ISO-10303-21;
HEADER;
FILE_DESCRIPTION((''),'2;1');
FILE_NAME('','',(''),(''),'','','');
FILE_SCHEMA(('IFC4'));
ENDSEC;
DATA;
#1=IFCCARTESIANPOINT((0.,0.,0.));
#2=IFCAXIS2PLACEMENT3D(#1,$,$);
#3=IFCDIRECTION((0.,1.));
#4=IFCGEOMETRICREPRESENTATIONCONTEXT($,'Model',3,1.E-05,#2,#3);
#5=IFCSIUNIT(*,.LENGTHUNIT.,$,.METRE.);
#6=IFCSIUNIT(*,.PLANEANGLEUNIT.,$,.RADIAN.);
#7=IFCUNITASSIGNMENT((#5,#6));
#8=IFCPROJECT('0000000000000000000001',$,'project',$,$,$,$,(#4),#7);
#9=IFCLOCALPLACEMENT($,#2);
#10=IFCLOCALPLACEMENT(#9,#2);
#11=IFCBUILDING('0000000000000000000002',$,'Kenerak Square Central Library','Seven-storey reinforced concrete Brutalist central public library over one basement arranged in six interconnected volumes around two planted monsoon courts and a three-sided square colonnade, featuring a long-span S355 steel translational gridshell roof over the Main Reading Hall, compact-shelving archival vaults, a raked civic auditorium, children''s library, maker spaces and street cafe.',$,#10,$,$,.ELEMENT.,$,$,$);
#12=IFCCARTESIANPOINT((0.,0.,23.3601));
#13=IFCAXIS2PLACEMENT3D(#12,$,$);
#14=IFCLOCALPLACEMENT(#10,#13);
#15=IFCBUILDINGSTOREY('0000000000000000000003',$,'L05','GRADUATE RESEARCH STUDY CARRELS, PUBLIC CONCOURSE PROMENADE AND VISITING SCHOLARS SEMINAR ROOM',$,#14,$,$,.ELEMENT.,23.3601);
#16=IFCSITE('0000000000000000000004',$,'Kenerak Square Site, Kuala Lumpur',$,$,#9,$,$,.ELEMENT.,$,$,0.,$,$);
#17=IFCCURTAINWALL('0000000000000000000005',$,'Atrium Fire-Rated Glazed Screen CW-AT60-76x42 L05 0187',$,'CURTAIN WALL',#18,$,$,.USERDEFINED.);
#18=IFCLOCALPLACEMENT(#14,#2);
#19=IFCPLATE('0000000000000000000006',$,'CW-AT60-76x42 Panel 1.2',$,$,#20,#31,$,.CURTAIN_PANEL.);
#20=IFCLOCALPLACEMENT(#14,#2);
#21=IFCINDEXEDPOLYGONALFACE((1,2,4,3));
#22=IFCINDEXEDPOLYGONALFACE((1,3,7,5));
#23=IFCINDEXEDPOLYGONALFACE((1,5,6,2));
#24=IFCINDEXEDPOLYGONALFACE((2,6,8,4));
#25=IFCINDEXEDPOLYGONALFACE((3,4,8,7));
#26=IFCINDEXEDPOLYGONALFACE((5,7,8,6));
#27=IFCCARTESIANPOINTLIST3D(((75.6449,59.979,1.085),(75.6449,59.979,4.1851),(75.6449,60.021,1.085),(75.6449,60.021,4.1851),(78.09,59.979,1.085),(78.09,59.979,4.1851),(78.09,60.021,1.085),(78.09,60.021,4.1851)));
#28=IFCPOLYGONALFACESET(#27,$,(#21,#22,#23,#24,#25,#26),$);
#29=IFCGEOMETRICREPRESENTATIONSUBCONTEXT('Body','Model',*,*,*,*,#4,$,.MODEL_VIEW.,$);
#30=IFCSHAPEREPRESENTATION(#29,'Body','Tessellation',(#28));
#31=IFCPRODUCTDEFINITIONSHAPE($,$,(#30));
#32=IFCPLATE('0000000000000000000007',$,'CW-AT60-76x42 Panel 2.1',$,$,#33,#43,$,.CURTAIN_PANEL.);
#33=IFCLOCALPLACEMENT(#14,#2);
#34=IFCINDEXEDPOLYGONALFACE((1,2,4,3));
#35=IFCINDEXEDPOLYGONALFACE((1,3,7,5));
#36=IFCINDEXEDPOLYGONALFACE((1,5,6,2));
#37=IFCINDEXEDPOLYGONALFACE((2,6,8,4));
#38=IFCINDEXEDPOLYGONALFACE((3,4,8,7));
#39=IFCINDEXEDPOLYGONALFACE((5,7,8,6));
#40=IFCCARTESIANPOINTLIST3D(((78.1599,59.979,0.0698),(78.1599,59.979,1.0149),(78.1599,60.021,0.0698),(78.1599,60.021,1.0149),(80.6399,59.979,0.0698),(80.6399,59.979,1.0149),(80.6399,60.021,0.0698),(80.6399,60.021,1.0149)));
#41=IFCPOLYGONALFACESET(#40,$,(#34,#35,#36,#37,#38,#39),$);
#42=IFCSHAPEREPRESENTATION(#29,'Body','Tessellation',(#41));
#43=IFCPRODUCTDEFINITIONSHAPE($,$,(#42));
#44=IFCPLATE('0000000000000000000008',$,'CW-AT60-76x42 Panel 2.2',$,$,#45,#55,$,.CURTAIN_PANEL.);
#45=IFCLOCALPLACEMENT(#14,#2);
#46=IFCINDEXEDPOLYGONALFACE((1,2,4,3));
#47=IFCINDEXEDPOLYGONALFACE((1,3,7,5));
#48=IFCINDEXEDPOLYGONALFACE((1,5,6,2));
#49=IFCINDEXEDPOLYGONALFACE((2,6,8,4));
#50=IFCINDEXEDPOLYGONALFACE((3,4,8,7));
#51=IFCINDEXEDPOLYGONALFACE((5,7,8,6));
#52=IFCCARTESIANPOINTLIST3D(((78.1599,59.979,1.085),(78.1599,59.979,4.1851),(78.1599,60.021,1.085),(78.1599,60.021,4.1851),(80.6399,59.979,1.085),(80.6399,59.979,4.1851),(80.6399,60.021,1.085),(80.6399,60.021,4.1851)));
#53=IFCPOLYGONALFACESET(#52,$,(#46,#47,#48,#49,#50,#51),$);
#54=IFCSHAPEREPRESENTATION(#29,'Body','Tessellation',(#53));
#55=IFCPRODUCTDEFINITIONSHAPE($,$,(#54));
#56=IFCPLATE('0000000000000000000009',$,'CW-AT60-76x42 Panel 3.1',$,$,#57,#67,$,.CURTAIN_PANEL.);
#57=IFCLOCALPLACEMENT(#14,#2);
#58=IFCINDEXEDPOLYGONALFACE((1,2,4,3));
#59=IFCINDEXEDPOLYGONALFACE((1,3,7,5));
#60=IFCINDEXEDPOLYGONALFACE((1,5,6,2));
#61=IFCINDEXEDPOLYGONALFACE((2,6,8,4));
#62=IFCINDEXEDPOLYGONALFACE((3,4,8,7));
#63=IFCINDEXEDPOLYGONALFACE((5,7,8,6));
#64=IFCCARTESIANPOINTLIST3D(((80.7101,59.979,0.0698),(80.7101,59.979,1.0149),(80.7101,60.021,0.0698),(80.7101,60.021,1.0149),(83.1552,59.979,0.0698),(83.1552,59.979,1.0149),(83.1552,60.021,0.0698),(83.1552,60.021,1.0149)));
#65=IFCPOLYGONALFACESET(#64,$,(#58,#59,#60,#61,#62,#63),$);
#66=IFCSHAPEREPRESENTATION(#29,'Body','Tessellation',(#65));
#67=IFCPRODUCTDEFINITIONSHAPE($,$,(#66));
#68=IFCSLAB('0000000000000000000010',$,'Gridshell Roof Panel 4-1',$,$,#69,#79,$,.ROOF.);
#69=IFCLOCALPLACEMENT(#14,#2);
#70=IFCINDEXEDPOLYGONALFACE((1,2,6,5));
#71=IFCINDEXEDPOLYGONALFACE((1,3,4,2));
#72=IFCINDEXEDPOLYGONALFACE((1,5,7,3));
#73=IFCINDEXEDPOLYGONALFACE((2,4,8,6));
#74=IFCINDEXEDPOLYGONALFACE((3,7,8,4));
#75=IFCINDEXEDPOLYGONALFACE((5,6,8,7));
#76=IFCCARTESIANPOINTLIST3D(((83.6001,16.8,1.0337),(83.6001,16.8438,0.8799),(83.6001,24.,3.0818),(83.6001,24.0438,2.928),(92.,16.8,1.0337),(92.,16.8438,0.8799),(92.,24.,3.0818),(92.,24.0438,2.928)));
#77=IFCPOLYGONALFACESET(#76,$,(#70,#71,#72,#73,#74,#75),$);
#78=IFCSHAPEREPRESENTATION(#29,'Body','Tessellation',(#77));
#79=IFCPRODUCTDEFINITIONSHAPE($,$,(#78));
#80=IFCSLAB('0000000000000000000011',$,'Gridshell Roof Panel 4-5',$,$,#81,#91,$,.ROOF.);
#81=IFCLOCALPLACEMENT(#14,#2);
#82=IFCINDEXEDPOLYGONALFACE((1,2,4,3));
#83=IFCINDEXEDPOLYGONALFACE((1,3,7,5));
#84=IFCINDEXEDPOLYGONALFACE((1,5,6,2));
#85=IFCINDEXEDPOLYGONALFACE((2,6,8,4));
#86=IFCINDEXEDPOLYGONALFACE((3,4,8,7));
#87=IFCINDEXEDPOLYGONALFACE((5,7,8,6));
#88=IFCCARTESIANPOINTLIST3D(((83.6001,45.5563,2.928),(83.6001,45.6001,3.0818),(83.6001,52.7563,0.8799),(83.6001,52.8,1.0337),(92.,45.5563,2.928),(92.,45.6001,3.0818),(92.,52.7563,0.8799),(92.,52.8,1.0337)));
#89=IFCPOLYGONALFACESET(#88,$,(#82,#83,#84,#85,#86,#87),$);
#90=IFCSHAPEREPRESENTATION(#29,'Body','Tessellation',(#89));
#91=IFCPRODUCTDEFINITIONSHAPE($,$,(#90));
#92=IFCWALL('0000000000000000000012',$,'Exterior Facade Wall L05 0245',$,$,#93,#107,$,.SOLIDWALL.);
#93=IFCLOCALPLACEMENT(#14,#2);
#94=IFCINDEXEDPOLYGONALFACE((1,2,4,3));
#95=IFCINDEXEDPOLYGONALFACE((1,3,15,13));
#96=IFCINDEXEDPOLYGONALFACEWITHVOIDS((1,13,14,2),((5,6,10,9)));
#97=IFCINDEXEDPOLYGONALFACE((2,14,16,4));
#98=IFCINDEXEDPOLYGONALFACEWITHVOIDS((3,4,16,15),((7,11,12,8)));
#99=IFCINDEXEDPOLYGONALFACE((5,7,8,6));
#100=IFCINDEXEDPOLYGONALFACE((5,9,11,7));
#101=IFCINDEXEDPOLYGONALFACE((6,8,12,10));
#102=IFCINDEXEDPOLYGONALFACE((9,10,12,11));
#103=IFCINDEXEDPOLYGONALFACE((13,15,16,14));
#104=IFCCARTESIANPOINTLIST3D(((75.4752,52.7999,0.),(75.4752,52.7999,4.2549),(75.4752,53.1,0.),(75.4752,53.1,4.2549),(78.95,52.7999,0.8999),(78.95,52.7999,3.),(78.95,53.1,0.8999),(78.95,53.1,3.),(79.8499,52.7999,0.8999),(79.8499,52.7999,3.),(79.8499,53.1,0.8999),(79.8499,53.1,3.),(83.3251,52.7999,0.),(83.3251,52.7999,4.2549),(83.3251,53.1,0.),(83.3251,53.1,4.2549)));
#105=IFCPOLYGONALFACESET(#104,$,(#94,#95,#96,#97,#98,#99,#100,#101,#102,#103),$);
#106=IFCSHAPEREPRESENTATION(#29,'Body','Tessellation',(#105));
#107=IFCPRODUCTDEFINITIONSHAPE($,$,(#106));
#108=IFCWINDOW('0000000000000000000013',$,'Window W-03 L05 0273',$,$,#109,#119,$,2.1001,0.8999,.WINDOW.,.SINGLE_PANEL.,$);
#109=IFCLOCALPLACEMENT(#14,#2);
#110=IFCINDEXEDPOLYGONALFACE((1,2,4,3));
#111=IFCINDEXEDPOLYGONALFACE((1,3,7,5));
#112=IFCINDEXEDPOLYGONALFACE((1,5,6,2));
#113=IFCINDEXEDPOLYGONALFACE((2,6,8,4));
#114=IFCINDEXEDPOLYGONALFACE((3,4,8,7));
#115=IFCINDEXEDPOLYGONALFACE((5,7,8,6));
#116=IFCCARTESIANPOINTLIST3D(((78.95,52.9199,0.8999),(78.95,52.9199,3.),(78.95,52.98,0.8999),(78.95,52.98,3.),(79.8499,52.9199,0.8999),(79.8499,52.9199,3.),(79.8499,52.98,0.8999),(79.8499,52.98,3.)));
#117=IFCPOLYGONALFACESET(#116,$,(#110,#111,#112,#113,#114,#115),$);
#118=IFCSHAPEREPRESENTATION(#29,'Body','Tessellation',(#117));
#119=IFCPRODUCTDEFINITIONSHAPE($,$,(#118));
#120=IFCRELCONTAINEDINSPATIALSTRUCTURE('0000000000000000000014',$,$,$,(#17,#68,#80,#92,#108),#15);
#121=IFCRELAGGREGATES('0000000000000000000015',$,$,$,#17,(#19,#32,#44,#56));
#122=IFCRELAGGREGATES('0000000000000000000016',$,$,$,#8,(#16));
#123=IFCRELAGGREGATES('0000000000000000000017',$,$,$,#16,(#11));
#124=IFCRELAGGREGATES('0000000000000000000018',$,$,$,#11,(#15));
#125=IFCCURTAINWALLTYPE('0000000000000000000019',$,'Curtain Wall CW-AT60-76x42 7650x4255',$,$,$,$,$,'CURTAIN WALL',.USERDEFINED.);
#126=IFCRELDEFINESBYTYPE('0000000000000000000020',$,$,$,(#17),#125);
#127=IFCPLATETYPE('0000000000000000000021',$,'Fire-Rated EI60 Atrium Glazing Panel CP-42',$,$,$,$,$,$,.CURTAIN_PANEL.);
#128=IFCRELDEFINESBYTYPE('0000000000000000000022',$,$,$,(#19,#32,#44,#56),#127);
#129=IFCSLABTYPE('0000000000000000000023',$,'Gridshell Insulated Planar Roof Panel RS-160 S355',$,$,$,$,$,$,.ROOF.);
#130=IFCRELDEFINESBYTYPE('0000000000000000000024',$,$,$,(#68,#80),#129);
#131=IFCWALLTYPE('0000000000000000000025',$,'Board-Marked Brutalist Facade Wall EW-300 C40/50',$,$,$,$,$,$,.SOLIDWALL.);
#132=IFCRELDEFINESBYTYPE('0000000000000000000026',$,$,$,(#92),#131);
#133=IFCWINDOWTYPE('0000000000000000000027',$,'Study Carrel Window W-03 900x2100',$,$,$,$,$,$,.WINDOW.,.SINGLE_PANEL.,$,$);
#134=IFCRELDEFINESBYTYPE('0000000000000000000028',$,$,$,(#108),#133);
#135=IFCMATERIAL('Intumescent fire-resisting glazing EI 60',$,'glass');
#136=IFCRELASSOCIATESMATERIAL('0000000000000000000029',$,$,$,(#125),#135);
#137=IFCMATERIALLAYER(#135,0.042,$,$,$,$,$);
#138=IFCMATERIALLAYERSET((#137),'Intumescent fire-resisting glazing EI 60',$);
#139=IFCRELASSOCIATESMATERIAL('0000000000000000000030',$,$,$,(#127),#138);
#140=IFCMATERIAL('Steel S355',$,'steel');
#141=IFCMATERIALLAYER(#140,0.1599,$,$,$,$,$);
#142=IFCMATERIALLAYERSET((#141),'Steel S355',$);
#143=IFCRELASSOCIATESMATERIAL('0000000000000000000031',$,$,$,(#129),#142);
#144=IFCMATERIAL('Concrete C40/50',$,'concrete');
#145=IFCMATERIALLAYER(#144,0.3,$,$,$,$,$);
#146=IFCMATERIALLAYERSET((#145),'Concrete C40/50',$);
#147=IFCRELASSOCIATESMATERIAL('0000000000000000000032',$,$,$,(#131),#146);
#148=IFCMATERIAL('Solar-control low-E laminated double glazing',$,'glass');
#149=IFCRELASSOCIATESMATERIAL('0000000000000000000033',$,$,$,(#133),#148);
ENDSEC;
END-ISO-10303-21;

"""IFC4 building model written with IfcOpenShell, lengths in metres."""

from ifc_helpers import new_model, si_unit, direction, frame, frame_2d, origin, origin_2d, place, context, subcontext, project, spatial, polyline, rectangle, outline, extrude, material, layer, layer_set, type_object, element, fill, aggregate, save


model = new_model("IFC4")

# Units and contexts
model_context = context("Model", 3, precision=1e-05, world=origin(), true_north=direction((0.0, 1.0)))
body_context = subcontext(model_context, "Body", "Model", "MODEL_VIEW")
ifc_project = project(units=[si_unit("LENGTHUNIT", "METRE"), si_unit("PLANEANGLEUNIT", "RADIAN")], contexts=[model_context])

# Site, building, storey
site_placement = place(None, origin())
site = spatial("IfcSite", under=ifc_project, at=site_placement, Name="Kenerak Square Site, Kuala Lumpur", CompositionType="ELEMENT", RefElevation=0.0)
building_placement = place(site_placement, origin())
building = spatial("IfcBuilding", under=site, at=building_placement, Name="Kenerak Square Central Library", Description="Seven-storey reinforced concrete Brutalist central public library over one basement arranged in six interconnected volumes around two planted monsoon courts and a three-sided square colonnade, featuring a long-span S355 steel translational gridshell roof over the Main Reading Hall, compact-shelving archival vaults, a raked civic auditorium, children's library, maker spaces and street cafe.", CompositionType="ELEMENT")
storey_placement = place(building_placement, frame((0.0, 0.0, 23.3601)))
storey = spatial("IfcBuildingStorey", under=building, at=storey_placement, Name="L05", Description="GRADUATE RESEARCH STUDY CARRELS, PUBLIC CONCOURSE PROMENADE AND VISITING SCHOLARS SEMINAR ROOM", CompositionType="ELEMENT", Elevation=23.3601)

# Shared definitions
ifc_material_1 = material(Name="Concrete C40/50", Category="concrete")

# Curtain wall, plates
ifc_material_2 = material(Name="Intumescent fire-resisting glazing EI 60", Category="glass")
curtain_wall_type = type_object("IfcCurtainWallType", Name="Curtain Wall CW-AT60-76x42 7650x4255", ElementType="CURTAIN WALL", PredefinedType="USERDEFINED", material=ifc_material_2)
curtain_wall_placement = place(storey_placement, origin())
curtain_wall = element("IfcCurtainWall", 1, at=curtain_wall_placement, inside=storey, type_object=curtain_wall_type, Name="Atrium Fire-Rated Glazed Screen CW-AT60-76x42 L05 0187", ObjectType="CURTAIN WALL", PredefinedType="USERDEFINED")
ifc_layer_1 = layer(ifc_material_2, 0.042)
ifc_layer_set_1 = layer_set([ifc_layer_1], Name="Intumescent fire-resisting glazing EI 60")
plate_type = type_object("IfcPlateType", Name="Fire-Rated EI60 Atrium Glazing Panel CP-42", PredefinedType="CURTAIN_PANEL", material=ifc_layer_set_1)
plate_1_placement = place(storey_placement, frame((76.8674, 60.0, 1.085), z_axis=(0.0, 0.0, 1.0), x_axis=(1.0, 0.0, 0.0)))
plate_1 = element("IfcPlate", 2, at=plate_1_placement, type_object=plate_type, Name="CW-AT60-76x42 Panel 1.2", PredefinedType="CURTAIN_PANEL", context=body_context, shape_type="SweptSolid", body=[
    extrude(rectangle(XDim=2.4451, YDim=0.042, at=origin_2d()), origin(), (0.0, 0.0, 1.0), 3.1001),
])
plate_2_placement = place(storey_placement, frame((79.3999, 60.0, 0.0698), z_axis=(0.0, 0.0, 1.0), x_axis=(1.0, 0.0, 0.0)))
plate_2 = element("IfcPlate", 3, at=plate_2_placement, type_object=plate_type, Name="CW-AT60-76x42 Panel 2.1", PredefinedType="CURTAIN_PANEL", context=body_context, shape_type="SweptSolid", body=[
    extrude(rectangle(XDim=2.48, YDim=0.042, at=origin_2d()), origin(), (0.0, 0.0, 1.0), 0.9451),
])
plate_3_placement = place(storey_placement, frame((79.3999, 60.0, 1.085), z_axis=(0.0, 0.0, 1.0), x_axis=(1.0, 0.0, 0.0)))
plate_3 = element("IfcPlate", 4, at=plate_3_placement, type_object=plate_type, Name="CW-AT60-76x42 Panel 2.2", PredefinedType="CURTAIN_PANEL", context=body_context, shape_type="SweptSolid", body=[
    extrude(rectangle(XDim=2.48, YDim=0.042, at=origin_2d()), origin(), (0.0, 0.0, 1.0), 3.1001),
])
plate_4_placement = place(storey_placement, frame((81.9326, 60.0, 0.0698), z_axis=(0.0, 0.0, 1.0), x_axis=(1.0, 0.0, 0.0)))
plate_4 = element("IfcPlate", 5, at=plate_4_placement, type_object=plate_type, Name="CW-AT60-76x42 Panel 3.1", PredefinedType="CURTAIN_PANEL", context=body_context, shape_type="SweptSolid", body=[
    extrude(rectangle(XDim=2.4451, YDim=0.042, at=origin_2d()), origin(), (0.0, 0.0, 1.0), 0.9451),
])
aggregate(curtain_wall, [plate_1, plate_2, plate_3, plate_4])

# Slabs
ifc_material_3 = material(Name="Steel S355", Category="steel")
ifc_layer_2 = layer(ifc_material_3, 0.1599)
ifc_layer_set_2 = layer_set([ifc_layer_2], Name="Steel S355")
slab_type = type_object("IfcSlabType", Name="Gridshell Insulated Planar Roof Panel RS-160 S355", PredefinedType="ROOF", material=ifc_layer_set_2)
for number, where, z_axis, x_axis, name in (
    (6, (83.6001, 16.8, 1.0337), (0.0, -0.273605, 0.961842), (1.0, 0.0, 0.0), "Gridshell Roof Panel 4-1"),
    (7, (83.6001, 45.6001, 3.0818), (0.0, 0.273605, 0.961842), (1.0, 0.0, 0.0), "Gridshell Roof Panel 4-5"),
):
    element("IfcSlab", number, at=place(storey_placement, frame(where, z_axis=z_axis, x_axis=x_axis)), inside=storey, type_object=slab_type, Name=name, PredefinedType="ROOF", context=body_context, shape_type="SweptSolid", body=[
        extrude(outline(polyline([(0.0, 0.0), (8.3999, 0.0), (8.3999, 7.4856), (0.0, 7.4856), (0.0, 0.0)])), origin(), (0.0, 0.0, -1.0), 0.1599),
    ])

# Wall, opening, window
ifc_layer_3 = layer(ifc_material_1, 0.3)
ifc_layer_set_3 = layer_set([ifc_layer_3], Name="Concrete C40/50")
wall_type = type_object("IfcWallType", Name="Board-Marked Brutalist Facade Wall EW-300 C40/50", PredefinedType="SOLIDWALL", material=ifc_layer_set_3)
wall_placement = place(storey_placement, frame((83.325, 52.95, 0.0), z_axis=(0.0, 0.0, 1.0), x_axis=(-1.0, 0.0, 0.0)))
wall = element("IfcWall", 8, at=wall_placement, inside=storey, type_object=wall_type, Name="Exterior Facade Wall L05 0245", PredefinedType="SOLIDWALL", context=body_context, shape_type="SweptSolid", body=[
    extrude(rectangle(XDim=7.8499, YDim=0.3, at=frame_2d((3.9248, 0.0))), origin(), (0.0, 0.0, 1.0), 4.2549),
])
opening_placement = place(wall_placement, frame((3.4751, 0.0, 0.8999)))
opening = element("IfcOpeningElement", 9, at=opening_placement, cuts=wall, PredefinedType="OPENING", context=body_context, shape_type="SweptSolid", body=[
    extrude(rectangle(XDim=0.8999, YDim=2.1001, at=frame_2d((0.45, 1.05))), frame((0.0, 0.1599, 0.0), z_axis=(0.0, -1.0, 0.0), x_axis=(1.0, 0.0, 0.0)), (0.0, 0.0, 1.0), 0.3201),
])
ifc_material_4 = material(Name="Solar-control low-E laminated double glazing", Category="glass")
window_type = type_object("IfcWindowType", Name="Study Carrel Window W-03 900x2100", PartitioningType="SINGLE_PANEL", PredefinedType="WINDOW", material=ifc_material_4)
window_placement = place(opening_placement, origin())
window = element("IfcWindow", 10, at=window_placement, inside=storey, type_object=window_type, Name="Window W-03 L05 0273", OverallHeight=2.1001, OverallWidth=0.8999, PartitioningType="SINGLE_PANEL", PredefinedType="WINDOW", context=body_context, shape_type="SweptSolid", body=[
    extrude(rectangle(XDim=0.8999, YDim=2.1001, at=frame_2d((0.45, 1.05))), frame((0.0, 0.03, 0.0), z_axis=(0.0, -1.0, 0.0), x_axis=(1.0, 0.0, 0.0)), (0.0, 0.0, 1.0), 0.0601),
])
fill(opening, window)

save(model, "model.ifc")
